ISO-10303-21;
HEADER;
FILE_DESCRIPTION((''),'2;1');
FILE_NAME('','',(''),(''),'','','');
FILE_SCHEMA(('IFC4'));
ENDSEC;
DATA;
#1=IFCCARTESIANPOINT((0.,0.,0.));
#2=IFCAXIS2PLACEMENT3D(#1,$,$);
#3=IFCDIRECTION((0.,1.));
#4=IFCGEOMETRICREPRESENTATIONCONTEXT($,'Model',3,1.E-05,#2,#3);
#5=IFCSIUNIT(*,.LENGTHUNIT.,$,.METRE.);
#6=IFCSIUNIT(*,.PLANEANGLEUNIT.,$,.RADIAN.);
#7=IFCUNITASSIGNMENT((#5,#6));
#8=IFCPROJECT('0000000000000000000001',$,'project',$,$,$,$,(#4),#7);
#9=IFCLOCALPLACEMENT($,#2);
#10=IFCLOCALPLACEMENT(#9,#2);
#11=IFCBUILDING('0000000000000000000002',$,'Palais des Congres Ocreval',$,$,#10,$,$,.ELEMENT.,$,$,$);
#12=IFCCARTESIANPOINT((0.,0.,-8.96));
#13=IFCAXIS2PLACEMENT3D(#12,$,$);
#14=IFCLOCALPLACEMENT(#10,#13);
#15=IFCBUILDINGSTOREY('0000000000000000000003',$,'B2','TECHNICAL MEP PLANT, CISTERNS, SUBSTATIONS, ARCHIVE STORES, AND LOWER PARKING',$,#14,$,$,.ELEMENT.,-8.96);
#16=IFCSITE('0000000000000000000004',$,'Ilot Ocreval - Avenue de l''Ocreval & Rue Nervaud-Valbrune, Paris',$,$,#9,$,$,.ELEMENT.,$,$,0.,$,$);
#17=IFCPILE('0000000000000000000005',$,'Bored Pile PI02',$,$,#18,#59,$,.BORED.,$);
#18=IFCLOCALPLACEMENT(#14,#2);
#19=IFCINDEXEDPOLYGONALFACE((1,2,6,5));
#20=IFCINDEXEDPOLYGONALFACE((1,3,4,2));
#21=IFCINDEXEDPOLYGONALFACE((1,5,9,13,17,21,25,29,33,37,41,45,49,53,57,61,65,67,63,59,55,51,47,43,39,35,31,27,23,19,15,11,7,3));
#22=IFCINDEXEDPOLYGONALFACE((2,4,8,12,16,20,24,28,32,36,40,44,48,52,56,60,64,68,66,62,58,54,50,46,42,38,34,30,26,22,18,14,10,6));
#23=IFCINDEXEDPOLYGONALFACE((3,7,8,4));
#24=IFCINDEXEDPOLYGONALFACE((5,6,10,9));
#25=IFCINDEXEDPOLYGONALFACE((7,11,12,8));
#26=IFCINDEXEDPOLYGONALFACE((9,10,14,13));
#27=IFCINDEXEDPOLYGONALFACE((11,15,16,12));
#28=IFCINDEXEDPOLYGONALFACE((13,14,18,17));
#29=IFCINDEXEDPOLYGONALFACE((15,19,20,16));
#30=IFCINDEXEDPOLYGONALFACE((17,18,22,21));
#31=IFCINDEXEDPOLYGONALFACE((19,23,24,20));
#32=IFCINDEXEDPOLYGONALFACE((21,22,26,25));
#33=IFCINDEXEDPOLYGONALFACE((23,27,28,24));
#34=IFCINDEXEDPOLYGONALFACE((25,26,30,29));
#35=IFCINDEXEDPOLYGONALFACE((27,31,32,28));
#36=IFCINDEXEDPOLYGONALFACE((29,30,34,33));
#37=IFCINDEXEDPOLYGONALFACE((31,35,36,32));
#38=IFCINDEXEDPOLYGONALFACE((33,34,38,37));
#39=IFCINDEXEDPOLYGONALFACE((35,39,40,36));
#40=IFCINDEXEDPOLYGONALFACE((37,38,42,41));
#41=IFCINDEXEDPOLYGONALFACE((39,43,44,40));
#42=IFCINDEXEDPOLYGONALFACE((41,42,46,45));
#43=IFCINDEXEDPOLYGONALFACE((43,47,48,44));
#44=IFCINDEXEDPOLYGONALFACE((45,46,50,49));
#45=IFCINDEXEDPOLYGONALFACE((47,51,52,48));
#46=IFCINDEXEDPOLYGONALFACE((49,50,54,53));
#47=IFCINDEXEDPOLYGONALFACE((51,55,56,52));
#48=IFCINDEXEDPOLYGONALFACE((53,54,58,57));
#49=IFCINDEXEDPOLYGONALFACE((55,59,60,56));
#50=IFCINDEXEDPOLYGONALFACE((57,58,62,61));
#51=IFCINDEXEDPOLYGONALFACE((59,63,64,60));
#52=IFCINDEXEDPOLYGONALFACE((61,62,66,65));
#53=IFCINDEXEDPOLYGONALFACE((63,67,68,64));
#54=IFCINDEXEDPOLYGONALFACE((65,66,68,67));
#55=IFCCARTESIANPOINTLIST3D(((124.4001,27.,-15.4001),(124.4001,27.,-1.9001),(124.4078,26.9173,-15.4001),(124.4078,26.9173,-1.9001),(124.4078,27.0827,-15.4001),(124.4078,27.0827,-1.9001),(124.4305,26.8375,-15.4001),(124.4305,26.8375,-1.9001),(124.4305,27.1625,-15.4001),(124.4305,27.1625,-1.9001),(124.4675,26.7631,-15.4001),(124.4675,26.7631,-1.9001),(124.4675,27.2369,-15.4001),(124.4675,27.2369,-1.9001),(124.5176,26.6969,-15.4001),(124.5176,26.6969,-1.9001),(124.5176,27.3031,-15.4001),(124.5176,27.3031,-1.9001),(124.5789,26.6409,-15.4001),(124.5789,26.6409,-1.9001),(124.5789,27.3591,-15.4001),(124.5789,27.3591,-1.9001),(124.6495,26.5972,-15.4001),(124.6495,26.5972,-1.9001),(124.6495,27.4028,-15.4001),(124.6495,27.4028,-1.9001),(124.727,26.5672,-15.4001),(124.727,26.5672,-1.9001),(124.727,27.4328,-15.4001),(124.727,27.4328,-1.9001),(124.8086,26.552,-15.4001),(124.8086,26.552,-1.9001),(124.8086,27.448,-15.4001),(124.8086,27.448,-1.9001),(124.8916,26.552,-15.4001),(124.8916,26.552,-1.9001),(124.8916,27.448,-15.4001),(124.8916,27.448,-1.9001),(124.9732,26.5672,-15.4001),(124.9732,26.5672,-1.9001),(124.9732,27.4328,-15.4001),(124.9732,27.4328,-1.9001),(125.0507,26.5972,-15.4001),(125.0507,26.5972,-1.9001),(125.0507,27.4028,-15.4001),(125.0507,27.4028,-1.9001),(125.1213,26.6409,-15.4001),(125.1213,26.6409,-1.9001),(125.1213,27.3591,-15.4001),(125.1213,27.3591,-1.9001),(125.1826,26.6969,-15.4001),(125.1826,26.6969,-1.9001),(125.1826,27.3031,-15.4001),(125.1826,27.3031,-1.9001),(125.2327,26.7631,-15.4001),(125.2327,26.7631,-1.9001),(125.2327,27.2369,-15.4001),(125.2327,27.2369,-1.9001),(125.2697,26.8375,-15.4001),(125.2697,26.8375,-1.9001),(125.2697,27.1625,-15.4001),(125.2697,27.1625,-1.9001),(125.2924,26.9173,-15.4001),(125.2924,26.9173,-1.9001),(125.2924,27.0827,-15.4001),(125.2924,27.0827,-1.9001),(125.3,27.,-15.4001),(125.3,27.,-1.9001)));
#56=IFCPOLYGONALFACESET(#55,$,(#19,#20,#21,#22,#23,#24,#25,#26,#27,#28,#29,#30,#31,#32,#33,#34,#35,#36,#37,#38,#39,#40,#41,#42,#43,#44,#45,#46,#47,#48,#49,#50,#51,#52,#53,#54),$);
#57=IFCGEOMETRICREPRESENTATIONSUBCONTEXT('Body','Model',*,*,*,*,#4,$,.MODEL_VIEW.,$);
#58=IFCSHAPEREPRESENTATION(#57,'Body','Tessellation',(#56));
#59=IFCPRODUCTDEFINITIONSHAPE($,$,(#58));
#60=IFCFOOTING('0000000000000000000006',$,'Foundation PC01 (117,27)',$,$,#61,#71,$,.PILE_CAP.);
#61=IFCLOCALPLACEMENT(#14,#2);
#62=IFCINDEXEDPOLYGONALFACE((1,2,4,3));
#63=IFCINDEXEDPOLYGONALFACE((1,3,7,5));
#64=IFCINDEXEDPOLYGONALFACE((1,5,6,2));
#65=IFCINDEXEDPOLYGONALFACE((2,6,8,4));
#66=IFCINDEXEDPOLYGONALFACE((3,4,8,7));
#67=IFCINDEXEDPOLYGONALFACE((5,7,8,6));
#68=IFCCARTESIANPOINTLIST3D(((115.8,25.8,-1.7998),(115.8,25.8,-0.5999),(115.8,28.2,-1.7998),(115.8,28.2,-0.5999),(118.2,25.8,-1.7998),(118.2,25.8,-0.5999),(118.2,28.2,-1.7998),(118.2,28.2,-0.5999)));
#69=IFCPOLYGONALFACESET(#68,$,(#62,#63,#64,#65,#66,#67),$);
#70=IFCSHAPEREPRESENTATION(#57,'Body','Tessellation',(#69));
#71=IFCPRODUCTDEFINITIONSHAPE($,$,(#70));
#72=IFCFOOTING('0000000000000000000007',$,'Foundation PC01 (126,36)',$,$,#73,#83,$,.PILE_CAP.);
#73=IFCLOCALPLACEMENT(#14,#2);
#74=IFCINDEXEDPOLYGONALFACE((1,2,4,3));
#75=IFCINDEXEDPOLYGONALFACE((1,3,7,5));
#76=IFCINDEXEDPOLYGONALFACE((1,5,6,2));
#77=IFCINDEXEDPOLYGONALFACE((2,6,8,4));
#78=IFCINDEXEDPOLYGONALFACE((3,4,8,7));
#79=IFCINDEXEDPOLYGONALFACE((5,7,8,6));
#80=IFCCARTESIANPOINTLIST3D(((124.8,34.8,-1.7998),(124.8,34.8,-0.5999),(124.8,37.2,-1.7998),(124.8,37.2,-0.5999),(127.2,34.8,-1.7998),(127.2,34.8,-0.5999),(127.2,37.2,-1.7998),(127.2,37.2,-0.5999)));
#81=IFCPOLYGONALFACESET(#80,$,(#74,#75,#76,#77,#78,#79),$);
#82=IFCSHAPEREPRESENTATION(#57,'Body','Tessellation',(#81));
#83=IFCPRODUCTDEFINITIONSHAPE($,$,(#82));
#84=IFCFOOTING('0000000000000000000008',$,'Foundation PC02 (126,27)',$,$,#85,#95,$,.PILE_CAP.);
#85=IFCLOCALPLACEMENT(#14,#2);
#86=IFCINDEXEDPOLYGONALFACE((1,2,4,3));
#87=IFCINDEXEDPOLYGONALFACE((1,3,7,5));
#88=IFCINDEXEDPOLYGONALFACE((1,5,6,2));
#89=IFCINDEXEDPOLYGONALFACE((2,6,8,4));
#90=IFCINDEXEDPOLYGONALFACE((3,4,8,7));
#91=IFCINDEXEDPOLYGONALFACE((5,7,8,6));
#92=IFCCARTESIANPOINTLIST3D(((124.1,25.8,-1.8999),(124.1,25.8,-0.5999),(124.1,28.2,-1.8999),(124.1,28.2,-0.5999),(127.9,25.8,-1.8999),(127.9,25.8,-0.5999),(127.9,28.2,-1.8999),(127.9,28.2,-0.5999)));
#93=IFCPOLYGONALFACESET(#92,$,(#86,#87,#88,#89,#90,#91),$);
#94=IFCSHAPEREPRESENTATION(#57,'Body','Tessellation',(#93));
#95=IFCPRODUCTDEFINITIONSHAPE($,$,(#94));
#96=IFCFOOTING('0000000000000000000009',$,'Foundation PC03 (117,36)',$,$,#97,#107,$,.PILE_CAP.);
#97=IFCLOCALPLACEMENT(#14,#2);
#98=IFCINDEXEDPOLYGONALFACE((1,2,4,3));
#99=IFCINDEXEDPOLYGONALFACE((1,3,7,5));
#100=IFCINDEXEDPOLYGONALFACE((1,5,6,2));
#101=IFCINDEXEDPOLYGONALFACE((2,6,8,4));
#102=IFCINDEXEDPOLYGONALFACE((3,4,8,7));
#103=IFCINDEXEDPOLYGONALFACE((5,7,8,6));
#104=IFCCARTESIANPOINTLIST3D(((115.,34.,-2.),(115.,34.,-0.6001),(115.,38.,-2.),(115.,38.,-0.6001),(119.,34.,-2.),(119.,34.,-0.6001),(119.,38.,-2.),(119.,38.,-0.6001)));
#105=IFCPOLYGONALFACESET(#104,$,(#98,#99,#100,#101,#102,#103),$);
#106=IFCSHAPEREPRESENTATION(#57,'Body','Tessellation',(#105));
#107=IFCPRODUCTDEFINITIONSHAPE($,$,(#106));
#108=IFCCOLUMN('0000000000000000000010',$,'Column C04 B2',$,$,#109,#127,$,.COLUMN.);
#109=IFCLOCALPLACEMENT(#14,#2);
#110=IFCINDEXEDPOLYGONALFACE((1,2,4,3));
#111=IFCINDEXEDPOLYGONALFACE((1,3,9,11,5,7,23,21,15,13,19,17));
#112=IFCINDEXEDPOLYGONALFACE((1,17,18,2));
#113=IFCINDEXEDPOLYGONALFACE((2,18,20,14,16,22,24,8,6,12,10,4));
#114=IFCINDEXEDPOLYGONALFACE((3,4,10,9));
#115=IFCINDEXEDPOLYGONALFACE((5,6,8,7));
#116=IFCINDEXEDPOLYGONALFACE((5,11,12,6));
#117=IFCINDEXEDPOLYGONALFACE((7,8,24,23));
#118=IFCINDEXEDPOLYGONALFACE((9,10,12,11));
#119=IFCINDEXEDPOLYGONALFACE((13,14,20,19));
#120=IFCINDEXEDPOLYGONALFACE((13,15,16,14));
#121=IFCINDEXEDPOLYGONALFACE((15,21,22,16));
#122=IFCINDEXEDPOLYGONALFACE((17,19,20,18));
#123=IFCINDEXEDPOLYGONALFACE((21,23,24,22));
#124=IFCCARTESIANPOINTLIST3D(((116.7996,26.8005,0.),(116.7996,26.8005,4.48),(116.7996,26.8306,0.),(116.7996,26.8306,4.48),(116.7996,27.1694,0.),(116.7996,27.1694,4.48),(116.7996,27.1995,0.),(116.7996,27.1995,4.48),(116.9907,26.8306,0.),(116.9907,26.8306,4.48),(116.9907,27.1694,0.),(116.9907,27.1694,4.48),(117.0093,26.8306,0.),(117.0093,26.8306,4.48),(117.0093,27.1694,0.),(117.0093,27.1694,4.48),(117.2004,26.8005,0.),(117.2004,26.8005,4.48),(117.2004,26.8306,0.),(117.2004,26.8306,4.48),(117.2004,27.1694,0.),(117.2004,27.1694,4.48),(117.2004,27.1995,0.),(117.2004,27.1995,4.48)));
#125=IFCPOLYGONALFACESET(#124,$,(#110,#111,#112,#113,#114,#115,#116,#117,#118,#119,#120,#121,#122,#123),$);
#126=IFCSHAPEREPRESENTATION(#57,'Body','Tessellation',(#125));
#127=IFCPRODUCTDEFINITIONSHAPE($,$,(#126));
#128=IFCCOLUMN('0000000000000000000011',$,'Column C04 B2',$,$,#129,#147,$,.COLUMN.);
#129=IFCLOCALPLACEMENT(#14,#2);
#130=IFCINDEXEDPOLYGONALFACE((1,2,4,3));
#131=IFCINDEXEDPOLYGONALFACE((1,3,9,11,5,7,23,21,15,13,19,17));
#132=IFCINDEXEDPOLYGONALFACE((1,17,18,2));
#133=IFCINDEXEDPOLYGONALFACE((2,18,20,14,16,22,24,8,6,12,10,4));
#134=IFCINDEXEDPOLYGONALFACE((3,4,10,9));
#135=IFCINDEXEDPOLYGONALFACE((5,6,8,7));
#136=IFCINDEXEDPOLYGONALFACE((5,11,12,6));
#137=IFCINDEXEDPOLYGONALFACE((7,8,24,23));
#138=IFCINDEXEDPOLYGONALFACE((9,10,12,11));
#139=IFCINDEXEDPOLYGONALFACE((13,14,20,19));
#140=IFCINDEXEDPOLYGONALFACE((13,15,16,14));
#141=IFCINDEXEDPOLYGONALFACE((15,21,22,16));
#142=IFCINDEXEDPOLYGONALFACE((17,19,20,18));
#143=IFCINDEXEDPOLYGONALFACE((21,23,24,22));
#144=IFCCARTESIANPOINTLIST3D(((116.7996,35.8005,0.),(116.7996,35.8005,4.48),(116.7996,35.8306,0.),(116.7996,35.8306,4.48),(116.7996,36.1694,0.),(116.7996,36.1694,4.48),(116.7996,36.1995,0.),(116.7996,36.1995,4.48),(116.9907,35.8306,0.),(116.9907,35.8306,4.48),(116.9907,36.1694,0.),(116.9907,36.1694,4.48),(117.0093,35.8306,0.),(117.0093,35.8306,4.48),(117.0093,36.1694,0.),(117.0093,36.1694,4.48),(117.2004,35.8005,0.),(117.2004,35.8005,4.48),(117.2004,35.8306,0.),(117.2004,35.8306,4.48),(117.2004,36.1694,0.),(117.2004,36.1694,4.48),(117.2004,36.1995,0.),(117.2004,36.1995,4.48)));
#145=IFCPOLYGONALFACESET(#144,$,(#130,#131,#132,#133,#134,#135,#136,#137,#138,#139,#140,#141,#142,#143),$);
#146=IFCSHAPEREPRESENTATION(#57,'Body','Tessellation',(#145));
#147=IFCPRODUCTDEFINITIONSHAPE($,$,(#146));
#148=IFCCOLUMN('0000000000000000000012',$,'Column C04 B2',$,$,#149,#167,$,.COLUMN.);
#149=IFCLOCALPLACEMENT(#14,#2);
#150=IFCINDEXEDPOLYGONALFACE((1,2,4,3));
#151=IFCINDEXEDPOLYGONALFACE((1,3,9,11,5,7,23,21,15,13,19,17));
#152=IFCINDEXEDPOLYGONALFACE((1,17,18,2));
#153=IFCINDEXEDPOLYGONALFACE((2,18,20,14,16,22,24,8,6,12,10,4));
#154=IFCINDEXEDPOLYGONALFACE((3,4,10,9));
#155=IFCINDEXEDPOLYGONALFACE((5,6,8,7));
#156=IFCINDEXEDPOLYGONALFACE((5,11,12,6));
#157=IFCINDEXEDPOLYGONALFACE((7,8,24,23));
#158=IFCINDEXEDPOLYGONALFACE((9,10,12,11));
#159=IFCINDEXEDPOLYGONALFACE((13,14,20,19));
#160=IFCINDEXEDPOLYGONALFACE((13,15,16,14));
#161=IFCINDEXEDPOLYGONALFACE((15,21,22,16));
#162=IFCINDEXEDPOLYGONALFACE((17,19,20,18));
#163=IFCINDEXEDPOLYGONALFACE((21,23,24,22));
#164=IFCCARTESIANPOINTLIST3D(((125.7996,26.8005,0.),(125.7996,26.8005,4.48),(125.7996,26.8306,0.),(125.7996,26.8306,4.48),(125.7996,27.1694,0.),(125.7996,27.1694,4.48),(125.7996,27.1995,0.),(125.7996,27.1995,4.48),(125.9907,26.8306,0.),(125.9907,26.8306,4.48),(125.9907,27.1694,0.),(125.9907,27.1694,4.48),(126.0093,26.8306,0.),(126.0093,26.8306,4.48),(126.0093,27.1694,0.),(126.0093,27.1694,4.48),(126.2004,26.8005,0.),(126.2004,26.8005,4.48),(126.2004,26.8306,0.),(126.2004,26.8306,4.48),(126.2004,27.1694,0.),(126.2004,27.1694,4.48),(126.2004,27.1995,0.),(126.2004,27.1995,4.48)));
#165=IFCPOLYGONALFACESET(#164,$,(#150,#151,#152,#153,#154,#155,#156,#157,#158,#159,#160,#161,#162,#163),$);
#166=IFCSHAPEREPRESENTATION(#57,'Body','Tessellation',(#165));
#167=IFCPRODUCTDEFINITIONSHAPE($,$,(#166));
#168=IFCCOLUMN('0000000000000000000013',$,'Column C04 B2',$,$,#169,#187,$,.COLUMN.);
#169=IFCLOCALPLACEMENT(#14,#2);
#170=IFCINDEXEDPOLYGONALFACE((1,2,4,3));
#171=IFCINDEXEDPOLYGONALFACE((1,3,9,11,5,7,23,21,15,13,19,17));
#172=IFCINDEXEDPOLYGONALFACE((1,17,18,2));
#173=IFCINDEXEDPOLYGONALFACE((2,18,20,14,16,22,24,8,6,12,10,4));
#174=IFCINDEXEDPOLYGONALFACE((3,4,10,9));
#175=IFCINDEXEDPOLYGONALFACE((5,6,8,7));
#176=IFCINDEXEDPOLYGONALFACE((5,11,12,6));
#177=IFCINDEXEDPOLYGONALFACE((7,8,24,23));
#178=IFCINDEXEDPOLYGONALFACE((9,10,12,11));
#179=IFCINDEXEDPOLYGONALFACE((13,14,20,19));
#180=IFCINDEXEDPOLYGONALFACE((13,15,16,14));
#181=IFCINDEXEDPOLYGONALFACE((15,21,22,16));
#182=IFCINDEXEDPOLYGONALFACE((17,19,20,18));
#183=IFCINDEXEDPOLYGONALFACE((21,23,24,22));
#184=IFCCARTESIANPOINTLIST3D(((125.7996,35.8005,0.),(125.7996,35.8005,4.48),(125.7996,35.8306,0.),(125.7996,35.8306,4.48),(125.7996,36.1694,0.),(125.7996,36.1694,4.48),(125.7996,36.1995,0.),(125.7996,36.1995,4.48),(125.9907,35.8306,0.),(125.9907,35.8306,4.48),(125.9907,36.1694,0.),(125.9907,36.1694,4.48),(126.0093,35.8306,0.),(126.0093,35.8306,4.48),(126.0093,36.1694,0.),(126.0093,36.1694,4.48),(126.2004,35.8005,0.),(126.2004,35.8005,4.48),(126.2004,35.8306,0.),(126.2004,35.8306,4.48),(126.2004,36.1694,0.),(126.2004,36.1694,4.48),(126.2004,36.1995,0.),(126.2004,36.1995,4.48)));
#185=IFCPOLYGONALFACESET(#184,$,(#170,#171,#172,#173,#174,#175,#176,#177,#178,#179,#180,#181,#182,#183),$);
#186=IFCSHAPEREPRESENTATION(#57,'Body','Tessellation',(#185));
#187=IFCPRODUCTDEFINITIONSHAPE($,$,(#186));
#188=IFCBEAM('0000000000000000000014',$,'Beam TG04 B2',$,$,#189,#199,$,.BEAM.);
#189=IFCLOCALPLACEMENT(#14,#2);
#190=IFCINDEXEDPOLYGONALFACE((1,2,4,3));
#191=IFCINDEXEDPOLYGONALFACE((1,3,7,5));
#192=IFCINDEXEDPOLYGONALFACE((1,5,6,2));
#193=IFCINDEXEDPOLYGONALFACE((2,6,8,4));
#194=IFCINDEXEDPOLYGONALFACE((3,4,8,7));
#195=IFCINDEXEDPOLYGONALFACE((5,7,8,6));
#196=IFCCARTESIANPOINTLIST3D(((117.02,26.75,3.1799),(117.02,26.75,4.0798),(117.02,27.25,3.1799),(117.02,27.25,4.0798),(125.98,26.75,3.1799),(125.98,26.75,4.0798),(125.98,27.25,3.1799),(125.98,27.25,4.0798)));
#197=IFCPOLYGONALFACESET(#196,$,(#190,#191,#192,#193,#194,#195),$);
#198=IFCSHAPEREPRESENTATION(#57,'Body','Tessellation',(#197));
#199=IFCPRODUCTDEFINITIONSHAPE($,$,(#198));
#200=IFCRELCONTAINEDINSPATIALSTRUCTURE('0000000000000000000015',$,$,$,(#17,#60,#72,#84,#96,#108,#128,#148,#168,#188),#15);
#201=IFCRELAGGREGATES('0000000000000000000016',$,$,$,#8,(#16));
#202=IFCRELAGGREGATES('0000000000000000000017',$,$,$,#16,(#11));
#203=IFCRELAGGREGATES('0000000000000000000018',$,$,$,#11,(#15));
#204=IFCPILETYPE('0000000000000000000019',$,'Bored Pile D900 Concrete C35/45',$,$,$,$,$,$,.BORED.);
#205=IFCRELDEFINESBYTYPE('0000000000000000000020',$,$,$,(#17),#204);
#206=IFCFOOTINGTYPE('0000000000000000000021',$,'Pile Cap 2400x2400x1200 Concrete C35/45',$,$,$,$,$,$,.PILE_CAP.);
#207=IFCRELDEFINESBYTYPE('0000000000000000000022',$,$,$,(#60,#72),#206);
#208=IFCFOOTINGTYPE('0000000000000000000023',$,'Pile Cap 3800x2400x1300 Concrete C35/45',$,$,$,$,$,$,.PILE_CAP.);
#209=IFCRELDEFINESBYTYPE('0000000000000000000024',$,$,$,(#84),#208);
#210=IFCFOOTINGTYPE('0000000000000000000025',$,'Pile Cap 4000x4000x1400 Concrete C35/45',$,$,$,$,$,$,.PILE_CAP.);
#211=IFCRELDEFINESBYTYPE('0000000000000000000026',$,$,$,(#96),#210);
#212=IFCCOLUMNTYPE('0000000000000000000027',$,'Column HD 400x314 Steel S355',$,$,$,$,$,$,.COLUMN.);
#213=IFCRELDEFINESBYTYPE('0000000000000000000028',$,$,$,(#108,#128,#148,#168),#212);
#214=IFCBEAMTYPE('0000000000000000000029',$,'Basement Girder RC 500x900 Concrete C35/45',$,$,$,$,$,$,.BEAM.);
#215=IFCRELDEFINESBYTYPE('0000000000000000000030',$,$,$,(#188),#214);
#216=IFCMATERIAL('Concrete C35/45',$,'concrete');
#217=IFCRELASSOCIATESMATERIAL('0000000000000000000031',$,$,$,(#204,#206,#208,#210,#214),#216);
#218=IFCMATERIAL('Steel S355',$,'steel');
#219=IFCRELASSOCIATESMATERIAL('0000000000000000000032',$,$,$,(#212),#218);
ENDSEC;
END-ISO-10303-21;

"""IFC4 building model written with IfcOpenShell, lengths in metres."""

from ifc_helpers import new_model, si_unit, direction, frame, origin, origin_2d, place, context, subcontext, project, spatial, rectangle, circle, i_section, extrude, material, material_profile, profile_set, type_object, element, save


model = new_model("IFC4")

# Units and contexts
model_context = context("Model", 3, precision=1e-05, world=origin(), true_north=direction((0.0, 1.0)))
body_context = subcontext(model_context, "Body", "Model", "MODEL_VIEW")
ifc_project = project(units=[si_unit("LENGTHUNIT", "METRE"), si_unit("PLANEANGLEUNIT", "RADIAN")], contexts=[model_context])

# Site, building, storey
site_placement = place(None, origin())
site = spatial("IfcSite", under=ifc_project, at=site_placement, Name="Ilot Ocreval - Avenue de l'Ocreval & Rue Nervaud-Valbrune, Paris", CompositionType="ELEMENT", RefElevation=0.0)
building_placement = place(site_placement, origin())
building = spatial("IfcBuilding", under=site, at=building_placement, Name="Palais des Congres Ocreval", CompositionType="ELEMENT")
storey_placement = place(building_placement, frame((0.0, 0.0, -8.96)))
storey = spatial("IfcBuildingStorey", under=building, at=storey_placement, Name="B2", Description="TECHNICAL MEP PLANT, CISTERNS, SUBSTATIONS, ARCHIVE STORES, AND LOWER PARKING", CompositionType="ELEMENT", Elevation=-8.96)

# Pile
ifc_material_1 = material(Name="Concrete C35/45", Category="concrete")
ifc_material_profile_1 = material_profile(ifc_material_1, circle(Radius=0.45, at=origin_2d()), Name="BORED PILE 900")
ifc_profile_set_1 = profile_set([ifc_material_profile_1], Name="Concrete C35/45")
pile_type_1 = type_object("IfcPileType", Name="Bored Pile D900 Concrete C35/45", PredefinedType="BORED", material=ifc_profile_set_1)
for number, where, z_axis, x_axis, name in (
    (1, (124.8501, 27.0, -1.9001), (0.0, 0.0, -1.0), (1.0, 0.0, 0.0), "Bored Pile PI02"),
):
    element("IfcPile", number, at=place(storey_placement, frame(where, z_axis=z_axis, x_axis=x_axis)), inside=storey, type_object=pile_type_1, Name=name, PredefinedType="BORED", context=body_context, shape_type="SweptSolid", body=[
        extrude(circle(Radius=0.45, at=origin_2d()), origin(), (0.0, 0.0, 1.0), 13.5),
    ])

# Footings
footing_type_1 = type_object("IfcFootingType", Name="Pile Cap 2400x2400x1200 Concrete C35/45", PredefinedType="PILE_CAP", material=ifc_material_1)
for number, where, z_axis, x_axis, name in (
    (2, (117.0, 27.0, -1.7998), (0.0, 0.0, 1.0), (1.0, 0.0, 0.0), "Foundation PC01 (117,27)"),
    (3, (126.0, 36.0, -1.7998), (0.0, 0.0, 1.0), (1.0, 0.0, 0.0), "Foundation PC01 (126,36)"),
):
    element("IfcFooting", number, at=place(storey_placement, frame(where, z_axis=z_axis, x_axis=x_axis)), inside=storey, type_object=footing_type_1, Name=name, PredefinedType="PILE_CAP", context=body_context, shape_type="SweptSolid", body=[
        extrude(rectangle(XDim=2.3999, YDim=2.3999, at=origin_2d()), origin(), (0.0, 0.0, 1.0), 1.2),
    ])
footing_type_2 = type_object("IfcFootingType", Name="Pile Cap 3800x2400x1300 Concrete C35/45", PredefinedType="PILE_CAP", material=ifc_material_1)
footing_1_placement = place(storey_placement, frame((126.0, 27.0, -1.8999), z_axis=(0.0, 0.0, 1.0), x_axis=(1.0, 0.0, 0.0)))
element("IfcFooting", 4, at=footing_1_placement, inside=storey, type_object=footing_type_2, Name="Foundation PC02 (126,27)", PredefinedType="PILE_CAP", context=body_context, shape_type="SweptSolid", body=[
    extrude(rectangle(XDim=3.8, YDim=2.3999, at=origin_2d()), origin(), (0.0, 0.0, 1.0), 1.3),
])
footing_type_3 = type_object("IfcFootingType", Name="Pile Cap 4000x4000x1400 Concrete C35/45", PredefinedType="PILE_CAP", material=ifc_material_1)
footing_2_placement = place(storey_placement, frame((117.0, 36.0, -2.0), z_axis=(0.0, 0.0, 1.0), x_axis=(1.0, 0.0, 0.0)))
element("IfcFooting", 5, at=footing_2_placement, inside=storey, type_object=footing_type_3, Name="Foundation PC03 (117,36)", PredefinedType="PILE_CAP", context=body_context, shape_type="SweptSolid", body=[
    extrude(rectangle(XDim=4.0, YDim=4.0, at=origin_2d()), origin(), (0.0, 0.0, 1.0), 1.3999),
])

# Columns
ifc_material_2 = material(Name="Steel S355", Category="steel")
ifc_material_profile_2 = material_profile(ifc_material_2, i_section(OverallWidth=0.4009, OverallDepth=0.3989, WebThickness=0.0186, FlangeThickness=0.03, at=origin_2d()), Name="HD 400x314")
ifc_profile_set_2 = profile_set([ifc_material_profile_2], Name="Steel S355")
column_type = type_object("IfcColumnType", Name="Column HD 400x314 Steel S355", PredefinedType="COLUMN", material=ifc_profile_set_2)
for number, where, z_axis, x_axis, name in (
    (6, (117.0, 27.0, 0.0), (0.0, 0.0, 1.0), (1.0, 0.0, 0.0), "Column C04 B2"),
    (7, (117.0, 36.0, 0.0), (0.0, 0.0, 1.0), (1.0, 0.0, 0.0), "Column C04 B2"),
    (8, (126.0, 27.0, 0.0), (0.0, 0.0, 1.0), (1.0, 0.0, 0.0), "Column C04 B2"),
    (9, (126.0, 36.0, 0.0), (0.0, 0.0, 1.0), (1.0, 0.0, 0.0), "Column C04 B2"),
):
    element("IfcColumn", number, at=place(storey_placement, frame(where, z_axis=z_axis, x_axis=x_axis)), inside=storey, type_object=column_type, Name=name, PredefinedType="COLUMN", context=body_context, shape_type="SweptSolid", body=[
        extrude(i_section(OverallWidth=0.4009, OverallDepth=0.3989, WebThickness=0.0186, FlangeThickness=0.03, at=origin_2d()), origin(), (0.0, 0.0, 1.0), 4.48),
    ])

# Beam
ifc_material_profile_3 = material_profile(ifc_material_1, rectangle(XDim=0.5, YDim=0.8999, at=origin_2d()), Name="RC 500x900")
ifc_profile_set_3 = profile_set([ifc_material_profile_3], Name="Concrete C35/45")
beam_type = type_object("IfcBeamType", Name="Basement Girder RC 500x900 Concrete C35/45", PredefinedType="BEAM", material=ifc_profile_set_3)
for number, where, z_axis, x_axis, name in (
    (10, (117.02, 27.0, 3.6299), (1.0, 0.0, 0.0), (0.0, 1.0, 0.0), "Beam TG04 B2"),
):
    element("IfcBeam", number, at=place(storey_placement, frame(where, z_axis=z_axis, x_axis=x_axis)), inside=storey, type_object=beam_type, Name=name, PredefinedType="BEAM", context=body_context, shape_type="SweptSolid", body=[
        extrude(rectangle(XDim=0.5, YDim=0.8999, at=origin_2d()), origin(), (0.0, 0.0, 1.0), 8.96),
    ])

save(model, "model.ifc")
